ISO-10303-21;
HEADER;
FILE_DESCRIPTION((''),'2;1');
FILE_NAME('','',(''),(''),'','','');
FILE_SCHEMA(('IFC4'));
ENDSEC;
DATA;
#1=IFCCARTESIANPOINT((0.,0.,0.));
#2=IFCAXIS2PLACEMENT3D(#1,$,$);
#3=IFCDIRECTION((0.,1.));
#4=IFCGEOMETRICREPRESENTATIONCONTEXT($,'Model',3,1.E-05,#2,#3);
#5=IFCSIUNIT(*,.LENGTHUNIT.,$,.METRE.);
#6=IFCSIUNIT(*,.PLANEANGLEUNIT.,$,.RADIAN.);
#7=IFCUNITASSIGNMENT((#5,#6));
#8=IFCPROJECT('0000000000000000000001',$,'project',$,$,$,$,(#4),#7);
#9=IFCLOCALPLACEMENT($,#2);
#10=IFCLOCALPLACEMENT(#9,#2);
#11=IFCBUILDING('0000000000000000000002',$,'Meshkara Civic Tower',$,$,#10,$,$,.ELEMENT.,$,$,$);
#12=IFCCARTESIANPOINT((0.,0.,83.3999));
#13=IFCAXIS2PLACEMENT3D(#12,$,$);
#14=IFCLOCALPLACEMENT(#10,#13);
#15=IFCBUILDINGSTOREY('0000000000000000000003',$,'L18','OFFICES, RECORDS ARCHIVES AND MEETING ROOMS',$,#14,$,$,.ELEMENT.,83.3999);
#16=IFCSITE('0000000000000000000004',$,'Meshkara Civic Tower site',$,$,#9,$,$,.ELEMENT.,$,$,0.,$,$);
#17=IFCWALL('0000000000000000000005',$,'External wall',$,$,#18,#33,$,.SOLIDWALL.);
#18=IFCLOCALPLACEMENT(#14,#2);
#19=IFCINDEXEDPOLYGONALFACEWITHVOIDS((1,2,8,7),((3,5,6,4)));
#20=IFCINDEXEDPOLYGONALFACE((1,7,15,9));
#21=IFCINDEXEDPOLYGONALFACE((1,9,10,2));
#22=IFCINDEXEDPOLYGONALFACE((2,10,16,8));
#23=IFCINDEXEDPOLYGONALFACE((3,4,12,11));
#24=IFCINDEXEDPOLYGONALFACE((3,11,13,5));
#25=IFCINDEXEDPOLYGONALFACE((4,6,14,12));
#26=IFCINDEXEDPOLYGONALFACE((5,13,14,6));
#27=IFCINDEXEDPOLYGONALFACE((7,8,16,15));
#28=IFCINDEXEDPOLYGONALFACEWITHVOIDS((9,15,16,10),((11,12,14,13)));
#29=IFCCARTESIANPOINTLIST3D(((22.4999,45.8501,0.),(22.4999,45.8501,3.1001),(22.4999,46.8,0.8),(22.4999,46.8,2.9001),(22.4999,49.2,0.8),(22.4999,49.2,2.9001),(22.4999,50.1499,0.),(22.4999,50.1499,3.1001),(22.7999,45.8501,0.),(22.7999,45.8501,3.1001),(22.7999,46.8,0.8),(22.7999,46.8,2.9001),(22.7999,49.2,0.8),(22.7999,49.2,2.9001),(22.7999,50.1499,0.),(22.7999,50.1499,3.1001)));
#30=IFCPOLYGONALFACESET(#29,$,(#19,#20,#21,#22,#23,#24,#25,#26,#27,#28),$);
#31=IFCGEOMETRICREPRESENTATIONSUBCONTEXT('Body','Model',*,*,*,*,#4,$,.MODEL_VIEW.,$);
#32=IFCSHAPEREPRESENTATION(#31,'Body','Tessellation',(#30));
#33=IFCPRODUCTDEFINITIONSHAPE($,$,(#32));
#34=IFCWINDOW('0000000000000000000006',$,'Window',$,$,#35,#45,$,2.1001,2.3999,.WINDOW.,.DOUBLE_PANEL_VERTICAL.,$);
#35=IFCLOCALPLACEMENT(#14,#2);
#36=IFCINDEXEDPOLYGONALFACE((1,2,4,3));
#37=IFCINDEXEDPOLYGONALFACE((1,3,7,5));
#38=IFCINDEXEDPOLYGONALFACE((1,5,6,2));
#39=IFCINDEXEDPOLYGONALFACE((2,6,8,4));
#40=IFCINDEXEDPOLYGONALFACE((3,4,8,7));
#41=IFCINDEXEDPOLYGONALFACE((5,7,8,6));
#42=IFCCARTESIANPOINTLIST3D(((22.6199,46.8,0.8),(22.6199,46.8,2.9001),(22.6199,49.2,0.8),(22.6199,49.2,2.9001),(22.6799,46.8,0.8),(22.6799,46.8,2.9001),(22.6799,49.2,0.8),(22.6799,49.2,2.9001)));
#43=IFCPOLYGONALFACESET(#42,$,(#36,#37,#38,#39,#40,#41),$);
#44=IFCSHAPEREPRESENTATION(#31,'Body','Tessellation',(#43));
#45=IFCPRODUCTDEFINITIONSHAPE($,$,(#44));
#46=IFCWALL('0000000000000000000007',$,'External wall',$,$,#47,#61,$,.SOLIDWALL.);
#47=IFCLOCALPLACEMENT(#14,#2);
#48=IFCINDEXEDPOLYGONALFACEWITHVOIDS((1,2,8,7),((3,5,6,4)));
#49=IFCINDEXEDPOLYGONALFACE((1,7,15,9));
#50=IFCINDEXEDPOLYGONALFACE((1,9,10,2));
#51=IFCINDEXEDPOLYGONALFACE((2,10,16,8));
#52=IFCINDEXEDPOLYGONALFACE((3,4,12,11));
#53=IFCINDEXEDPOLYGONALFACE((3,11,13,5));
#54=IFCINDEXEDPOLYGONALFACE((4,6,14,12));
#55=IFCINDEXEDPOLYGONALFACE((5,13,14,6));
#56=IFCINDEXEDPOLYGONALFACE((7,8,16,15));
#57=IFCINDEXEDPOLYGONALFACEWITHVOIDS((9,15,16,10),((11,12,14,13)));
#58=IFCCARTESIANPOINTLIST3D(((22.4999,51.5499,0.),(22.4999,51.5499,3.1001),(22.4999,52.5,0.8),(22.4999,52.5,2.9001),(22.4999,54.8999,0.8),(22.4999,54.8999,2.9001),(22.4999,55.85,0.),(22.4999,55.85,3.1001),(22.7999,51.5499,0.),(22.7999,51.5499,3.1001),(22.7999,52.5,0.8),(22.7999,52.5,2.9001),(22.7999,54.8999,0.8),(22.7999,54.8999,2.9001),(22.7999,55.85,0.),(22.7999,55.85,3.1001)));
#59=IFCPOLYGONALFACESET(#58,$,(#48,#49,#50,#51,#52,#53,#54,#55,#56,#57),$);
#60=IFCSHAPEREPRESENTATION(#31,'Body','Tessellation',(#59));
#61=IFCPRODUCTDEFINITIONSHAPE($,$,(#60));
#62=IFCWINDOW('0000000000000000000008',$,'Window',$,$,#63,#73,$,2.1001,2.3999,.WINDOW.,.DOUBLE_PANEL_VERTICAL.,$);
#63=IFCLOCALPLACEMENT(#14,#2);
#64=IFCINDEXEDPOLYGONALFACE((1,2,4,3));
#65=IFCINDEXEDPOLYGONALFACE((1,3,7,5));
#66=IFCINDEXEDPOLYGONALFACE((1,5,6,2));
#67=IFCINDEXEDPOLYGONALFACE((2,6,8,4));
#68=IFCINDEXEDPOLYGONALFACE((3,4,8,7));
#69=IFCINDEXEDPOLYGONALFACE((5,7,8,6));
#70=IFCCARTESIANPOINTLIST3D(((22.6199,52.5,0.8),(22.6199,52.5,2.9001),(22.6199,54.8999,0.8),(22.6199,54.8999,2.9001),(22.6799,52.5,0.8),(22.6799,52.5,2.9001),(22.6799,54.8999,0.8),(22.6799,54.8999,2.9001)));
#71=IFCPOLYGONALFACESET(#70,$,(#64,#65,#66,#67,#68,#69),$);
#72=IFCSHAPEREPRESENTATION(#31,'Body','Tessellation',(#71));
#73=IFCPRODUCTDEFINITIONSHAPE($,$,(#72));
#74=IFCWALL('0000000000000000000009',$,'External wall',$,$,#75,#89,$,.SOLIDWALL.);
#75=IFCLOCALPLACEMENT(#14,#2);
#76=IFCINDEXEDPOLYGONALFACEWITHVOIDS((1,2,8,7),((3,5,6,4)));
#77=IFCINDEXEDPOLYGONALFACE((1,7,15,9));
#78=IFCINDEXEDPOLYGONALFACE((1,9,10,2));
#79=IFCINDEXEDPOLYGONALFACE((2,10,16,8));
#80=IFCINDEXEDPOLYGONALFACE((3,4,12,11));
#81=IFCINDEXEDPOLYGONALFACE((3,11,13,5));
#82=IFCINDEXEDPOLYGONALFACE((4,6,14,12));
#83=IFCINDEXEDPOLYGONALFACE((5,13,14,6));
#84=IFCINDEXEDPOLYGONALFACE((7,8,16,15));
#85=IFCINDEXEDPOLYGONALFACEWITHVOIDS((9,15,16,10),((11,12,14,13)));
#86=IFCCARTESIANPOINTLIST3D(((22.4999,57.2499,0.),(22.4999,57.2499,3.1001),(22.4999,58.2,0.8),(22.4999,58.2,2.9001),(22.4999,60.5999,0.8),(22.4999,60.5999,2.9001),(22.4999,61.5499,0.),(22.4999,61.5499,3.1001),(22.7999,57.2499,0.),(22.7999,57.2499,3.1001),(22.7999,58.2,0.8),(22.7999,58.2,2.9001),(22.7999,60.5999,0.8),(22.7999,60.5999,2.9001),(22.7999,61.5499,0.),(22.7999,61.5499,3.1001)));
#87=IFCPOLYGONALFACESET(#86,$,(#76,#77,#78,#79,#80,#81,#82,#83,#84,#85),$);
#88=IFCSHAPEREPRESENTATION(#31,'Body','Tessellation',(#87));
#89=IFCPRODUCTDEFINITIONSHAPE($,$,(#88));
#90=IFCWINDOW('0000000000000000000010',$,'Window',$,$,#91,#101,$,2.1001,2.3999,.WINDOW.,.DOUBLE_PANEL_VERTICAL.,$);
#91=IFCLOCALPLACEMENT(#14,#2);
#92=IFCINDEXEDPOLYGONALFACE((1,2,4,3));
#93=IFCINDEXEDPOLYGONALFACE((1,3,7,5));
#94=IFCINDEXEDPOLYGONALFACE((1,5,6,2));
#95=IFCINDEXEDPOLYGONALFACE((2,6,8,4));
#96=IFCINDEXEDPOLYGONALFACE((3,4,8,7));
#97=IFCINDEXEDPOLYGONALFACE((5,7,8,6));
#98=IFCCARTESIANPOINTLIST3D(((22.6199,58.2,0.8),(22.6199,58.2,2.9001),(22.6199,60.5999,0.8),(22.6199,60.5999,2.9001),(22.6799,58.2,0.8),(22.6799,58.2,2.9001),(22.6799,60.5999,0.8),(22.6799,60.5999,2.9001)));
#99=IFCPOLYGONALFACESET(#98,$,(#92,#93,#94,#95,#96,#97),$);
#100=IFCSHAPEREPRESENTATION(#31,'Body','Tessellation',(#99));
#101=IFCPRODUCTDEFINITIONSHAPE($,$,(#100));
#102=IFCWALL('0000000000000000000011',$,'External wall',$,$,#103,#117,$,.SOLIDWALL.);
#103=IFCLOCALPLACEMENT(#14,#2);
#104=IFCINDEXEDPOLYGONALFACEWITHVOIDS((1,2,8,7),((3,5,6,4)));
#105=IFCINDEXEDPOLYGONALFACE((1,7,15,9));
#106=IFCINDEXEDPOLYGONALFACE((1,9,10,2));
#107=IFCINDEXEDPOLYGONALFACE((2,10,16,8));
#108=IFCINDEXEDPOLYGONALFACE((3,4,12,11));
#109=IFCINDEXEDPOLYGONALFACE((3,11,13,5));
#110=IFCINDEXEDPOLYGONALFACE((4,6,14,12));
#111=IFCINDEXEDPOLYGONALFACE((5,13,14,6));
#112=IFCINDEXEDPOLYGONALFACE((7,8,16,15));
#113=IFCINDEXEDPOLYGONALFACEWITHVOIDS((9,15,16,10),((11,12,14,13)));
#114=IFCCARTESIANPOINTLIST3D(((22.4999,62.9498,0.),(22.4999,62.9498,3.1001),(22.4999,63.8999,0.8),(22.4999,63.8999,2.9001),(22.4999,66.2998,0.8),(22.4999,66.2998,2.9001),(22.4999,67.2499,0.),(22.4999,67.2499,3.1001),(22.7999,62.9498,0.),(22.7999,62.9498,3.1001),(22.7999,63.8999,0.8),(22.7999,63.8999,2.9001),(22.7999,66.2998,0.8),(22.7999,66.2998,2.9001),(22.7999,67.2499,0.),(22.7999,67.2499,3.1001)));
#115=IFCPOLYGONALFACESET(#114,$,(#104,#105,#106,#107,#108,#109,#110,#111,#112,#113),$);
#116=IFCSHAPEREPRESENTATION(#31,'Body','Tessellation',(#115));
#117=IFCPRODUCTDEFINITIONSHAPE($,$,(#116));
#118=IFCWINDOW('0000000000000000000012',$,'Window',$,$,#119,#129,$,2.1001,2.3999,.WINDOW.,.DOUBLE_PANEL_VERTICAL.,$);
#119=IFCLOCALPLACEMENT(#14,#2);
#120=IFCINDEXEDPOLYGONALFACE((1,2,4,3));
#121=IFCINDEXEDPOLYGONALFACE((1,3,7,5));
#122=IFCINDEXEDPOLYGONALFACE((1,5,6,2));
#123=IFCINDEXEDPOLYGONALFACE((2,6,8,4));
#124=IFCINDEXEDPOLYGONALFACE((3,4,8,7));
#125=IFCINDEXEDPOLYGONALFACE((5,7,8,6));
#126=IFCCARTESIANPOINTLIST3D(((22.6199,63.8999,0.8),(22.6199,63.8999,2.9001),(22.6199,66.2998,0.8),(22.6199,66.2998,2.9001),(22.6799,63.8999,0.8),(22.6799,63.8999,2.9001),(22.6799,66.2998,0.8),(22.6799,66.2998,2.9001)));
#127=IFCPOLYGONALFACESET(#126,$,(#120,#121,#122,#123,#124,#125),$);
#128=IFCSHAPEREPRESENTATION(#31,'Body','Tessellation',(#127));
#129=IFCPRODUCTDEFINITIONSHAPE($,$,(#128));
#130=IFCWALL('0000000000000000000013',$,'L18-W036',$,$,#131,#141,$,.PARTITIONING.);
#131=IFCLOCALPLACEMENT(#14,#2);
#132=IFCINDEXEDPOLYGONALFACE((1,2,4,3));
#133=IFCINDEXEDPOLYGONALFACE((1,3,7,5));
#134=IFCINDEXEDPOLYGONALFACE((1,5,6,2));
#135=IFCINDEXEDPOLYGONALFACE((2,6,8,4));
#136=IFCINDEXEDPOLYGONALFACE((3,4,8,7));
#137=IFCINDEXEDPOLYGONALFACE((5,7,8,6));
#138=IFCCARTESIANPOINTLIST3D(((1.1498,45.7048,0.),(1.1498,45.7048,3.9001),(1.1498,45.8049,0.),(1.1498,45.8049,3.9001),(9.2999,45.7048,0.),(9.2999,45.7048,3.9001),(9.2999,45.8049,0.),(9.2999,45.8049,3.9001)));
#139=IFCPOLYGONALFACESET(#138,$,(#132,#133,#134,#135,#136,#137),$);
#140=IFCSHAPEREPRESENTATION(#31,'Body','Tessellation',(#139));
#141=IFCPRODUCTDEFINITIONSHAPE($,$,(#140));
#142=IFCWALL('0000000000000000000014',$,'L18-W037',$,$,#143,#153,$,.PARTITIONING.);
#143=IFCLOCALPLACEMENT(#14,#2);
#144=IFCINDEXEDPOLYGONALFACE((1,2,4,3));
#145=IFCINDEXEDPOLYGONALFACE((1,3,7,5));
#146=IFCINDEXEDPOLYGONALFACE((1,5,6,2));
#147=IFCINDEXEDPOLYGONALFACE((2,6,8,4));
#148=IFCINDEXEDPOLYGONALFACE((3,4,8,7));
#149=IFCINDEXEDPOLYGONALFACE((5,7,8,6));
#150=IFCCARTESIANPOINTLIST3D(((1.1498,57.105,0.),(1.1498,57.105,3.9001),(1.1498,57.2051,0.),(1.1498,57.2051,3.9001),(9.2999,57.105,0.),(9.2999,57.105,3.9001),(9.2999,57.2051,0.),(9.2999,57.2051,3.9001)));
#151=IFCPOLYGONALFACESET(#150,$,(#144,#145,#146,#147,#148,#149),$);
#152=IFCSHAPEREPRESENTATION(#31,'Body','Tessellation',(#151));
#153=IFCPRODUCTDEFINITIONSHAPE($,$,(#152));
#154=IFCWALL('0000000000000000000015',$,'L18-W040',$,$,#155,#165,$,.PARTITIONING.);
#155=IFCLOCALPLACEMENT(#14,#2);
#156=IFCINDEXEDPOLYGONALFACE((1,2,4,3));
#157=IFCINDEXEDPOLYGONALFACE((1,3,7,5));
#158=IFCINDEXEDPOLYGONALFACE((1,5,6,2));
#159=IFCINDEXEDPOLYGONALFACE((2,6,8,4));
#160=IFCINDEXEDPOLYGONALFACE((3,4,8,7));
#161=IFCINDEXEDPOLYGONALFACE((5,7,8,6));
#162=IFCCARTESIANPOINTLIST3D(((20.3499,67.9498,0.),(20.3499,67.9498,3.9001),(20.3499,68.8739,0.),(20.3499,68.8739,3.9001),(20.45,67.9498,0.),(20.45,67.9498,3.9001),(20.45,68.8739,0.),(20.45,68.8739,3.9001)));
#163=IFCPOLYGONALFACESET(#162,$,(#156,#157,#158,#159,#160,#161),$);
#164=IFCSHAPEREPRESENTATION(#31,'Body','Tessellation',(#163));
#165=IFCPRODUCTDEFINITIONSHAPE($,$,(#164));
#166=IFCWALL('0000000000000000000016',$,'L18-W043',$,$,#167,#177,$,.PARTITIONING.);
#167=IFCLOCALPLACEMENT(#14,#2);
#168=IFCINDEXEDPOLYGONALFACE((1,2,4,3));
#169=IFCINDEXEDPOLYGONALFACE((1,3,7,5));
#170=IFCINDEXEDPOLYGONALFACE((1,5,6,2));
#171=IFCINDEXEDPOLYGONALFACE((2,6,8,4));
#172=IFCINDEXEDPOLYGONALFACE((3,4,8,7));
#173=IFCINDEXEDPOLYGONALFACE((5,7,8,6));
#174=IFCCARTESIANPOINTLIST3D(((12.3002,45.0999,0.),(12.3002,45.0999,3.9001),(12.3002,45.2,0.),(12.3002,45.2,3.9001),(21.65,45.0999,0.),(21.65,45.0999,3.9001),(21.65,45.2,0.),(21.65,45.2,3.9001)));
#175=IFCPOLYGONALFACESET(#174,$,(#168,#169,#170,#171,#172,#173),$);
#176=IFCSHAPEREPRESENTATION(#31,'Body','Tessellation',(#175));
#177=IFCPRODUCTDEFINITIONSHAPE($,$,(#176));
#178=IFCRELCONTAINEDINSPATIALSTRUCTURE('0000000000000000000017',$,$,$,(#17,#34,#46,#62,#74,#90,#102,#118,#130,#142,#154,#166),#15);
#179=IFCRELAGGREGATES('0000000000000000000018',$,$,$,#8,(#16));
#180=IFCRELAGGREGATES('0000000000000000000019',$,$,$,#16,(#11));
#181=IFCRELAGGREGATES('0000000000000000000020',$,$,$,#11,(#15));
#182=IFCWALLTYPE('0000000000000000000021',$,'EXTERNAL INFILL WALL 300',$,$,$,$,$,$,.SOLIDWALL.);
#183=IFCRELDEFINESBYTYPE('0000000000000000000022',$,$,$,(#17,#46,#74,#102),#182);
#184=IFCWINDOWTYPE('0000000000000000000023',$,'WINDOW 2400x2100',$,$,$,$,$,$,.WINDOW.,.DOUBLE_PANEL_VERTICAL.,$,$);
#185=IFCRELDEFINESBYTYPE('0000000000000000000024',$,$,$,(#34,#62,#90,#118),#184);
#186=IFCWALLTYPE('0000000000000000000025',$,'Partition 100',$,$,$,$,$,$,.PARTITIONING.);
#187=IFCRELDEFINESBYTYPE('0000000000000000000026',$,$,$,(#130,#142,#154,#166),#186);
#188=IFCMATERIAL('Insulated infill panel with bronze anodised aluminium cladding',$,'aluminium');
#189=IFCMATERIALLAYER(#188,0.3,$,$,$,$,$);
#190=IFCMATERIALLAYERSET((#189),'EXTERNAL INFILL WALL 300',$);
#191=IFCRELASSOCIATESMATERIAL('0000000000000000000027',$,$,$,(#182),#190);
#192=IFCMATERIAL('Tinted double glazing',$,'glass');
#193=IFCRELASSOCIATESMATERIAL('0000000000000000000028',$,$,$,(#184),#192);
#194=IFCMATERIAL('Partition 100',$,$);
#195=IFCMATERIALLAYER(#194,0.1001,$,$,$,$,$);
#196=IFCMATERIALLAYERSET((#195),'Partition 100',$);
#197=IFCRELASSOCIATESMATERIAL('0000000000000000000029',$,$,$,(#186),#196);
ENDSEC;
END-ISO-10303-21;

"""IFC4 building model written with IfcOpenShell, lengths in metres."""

from ifc_helpers import new_model, si_unit, direction, frame, frame_2d, origin, place, context, subcontext, project, spatial, rectangle, extrude, material, layer, layer_set, type_object, element, fill, save


model = new_model("IFC4")

# Units and contexts
model_context = context("Model", 3, precision=1e-05, world=origin(), true_north=direction((0.0, 1.0)))
body_context = subcontext(model_context, "Body", "Model", "MODEL_VIEW")
ifc_project = project(units=[si_unit("LENGTHUNIT", "METRE"), si_unit("PLANEANGLEUNIT", "RADIAN")], contexts=[model_context])

# Site, building, storey
site_placement = place(None, origin())
site = spatial("IfcSite", under=ifc_project, at=site_placement, Name="Meshkara Civic Tower site", CompositionType="ELEMENT", RefElevation=0.0)
building_placement = place(site_placement, origin())
building = spatial("IfcBuilding", under=site, at=building_placement, Name="Meshkara Civic Tower", CompositionType="ELEMENT")
storey_placement = place(building_placement, frame((0.0, 0.0, 83.3999)))
storey = spatial("IfcBuildingStorey", under=building, at=storey_placement, Name="L18", Description="OFFICES, RECORDS ARCHIVES AND MEETING ROOMS", CompositionType="ELEMENT", Elevation=83.3999)

# Walls, openings, windows
ifc_material_1 = material(Name="Insulated infill panel with bronze anodised aluminium cladding", Category="aluminium")
ifc_layer_1 = layer(ifc_material_1, 0.3)
ifc_layer_set_1 = layer_set([ifc_layer_1], Name="EXTERNAL INFILL WALL 300")
wall_type_1 = type_object("IfcWallType", Name="EXTERNAL INFILL WALL 300", PredefinedType="SOLIDWALL", material=ifc_layer_set_1)
wall_1_placement = place(storey_placement, frame((22.6499, 45.8501, 0.0), z_axis=(0.0, 0.0, 1.0), x_axis=(0.0, 1.0, 0.0)))
wall_1 = element("IfcWall", 1, at=wall_1_placement, inside=storey, type_object=wall_type_1, Name="External wall", PredefinedType="SOLIDWALL", context=body_context, shape_type="SweptSolid", body=[
    extrude(rectangle(XDim=4.2998, YDim=0.3, at=frame_2d((2.1499, 0.0))), origin(), (0.0, 0.0, 1.0), 3.1001),
])
opening_1_placement = place(wall_1_placement, frame((0.95, 0.0, 0.8)))
opening_1 = element("IfcOpeningElement", 2, at=opening_1_placement, cuts=wall_1, PredefinedType="OPENING", context=body_context, shape_type="SweptSolid", body=[
    extrude(rectangle(XDim=2.3999, YDim=2.1001, at=frame_2d((1.2, 1.05))), frame((0.0, 0.1599, 0.0), z_axis=(0.0, -1.0, 0.0), x_axis=(1.0, 0.0, 0.0)), (0.0, 0.0, 1.0), 0.3201),
])
ifc_material_2 = material(Name="Tinted double glazing", Category="glass")
window_type = type_object("IfcWindowType", Name="WINDOW 2400x2100", PartitioningType="DOUBLE_PANEL_VERTICAL", PredefinedType="WINDOW", material=ifc_material_2)
window_1_placement = place(opening_1_placement, origin())
window_1 = element("IfcWindow", 3, at=window_1_placement, inside=storey, type_object=window_type, Name="Window", OverallHeight=2.1001, OverallWidth=2.3999, PartitioningType="DOUBLE_PANEL_VERTICAL", PredefinedType="WINDOW", context=body_context, shape_type="SweptSolid", body=[
    extrude(rectangle(XDim=2.3999, YDim=2.1001, at=frame_2d((1.2, 1.05))), frame((0.0, 0.03, 0.0), z_axis=(0.0, -1.0, 0.0), x_axis=(1.0, 0.0, 0.0)), (0.0, 0.0, 1.0), 0.0601),
])
fill(opening_1, window_1)
wall_2_placement = place(storey_placement, frame((22.6499, 51.55, 0.0), z_axis=(0.0, 0.0, 1.0), x_axis=(0.0, 1.0, 0.0)))
wall_2 = element("IfcWall", 4, at=wall_2_placement, inside=storey, type_object=wall_type_1, Name="External wall", PredefinedType="SOLIDWALL", context=body_context, shape_type="SweptSolid", body=[
    extrude(rectangle(XDim=4.3, YDim=0.3, at=frame_2d((2.1499, 0.0))), origin(), (0.0, 0.0, 1.0), 3.1001),
])
opening_2_placement = place(wall_2_placement, frame((0.95, 0.0, 0.8)))
opening_2 = element("IfcOpeningElement", 5, at=opening_2_placement, cuts=wall_2, PredefinedType="OPENING", context=body_context, shape_type="SweptSolid", body=[
    extrude(rectangle(XDim=2.3999, YDim=2.1001, at=frame_2d((1.2, 1.05))), frame((0.0, 0.1599, 0.0), z_axis=(0.0, -1.0, 0.0), x_axis=(1.0, 0.0, 0.0)), (0.0, 0.0, 1.0), 0.3201),
])
window_2_placement = place(opening_2_placement, origin())
window_2 = element("IfcWindow", 6, at=window_2_placement, inside=storey, type_object=window_type, Name="Window", OverallHeight=2.1001, OverallWidth=2.3999, PartitioningType="DOUBLE_PANEL_VERTICAL", PredefinedType="WINDOW", context=body_context, shape_type="SweptSolid", body=[
    extrude(rectangle(XDim=2.3999, YDim=2.1001, at=frame_2d((1.2, 1.05))), frame((0.0, 0.03, 0.0), z_axis=(0.0, -1.0, 0.0), x_axis=(1.0, 0.0, 0.0)), (0.0, 0.0, 1.0), 0.0601),
])
fill(opening_2, window_2)
wall_3_placement = place(storey_placement, frame((22.6499, 57.25, 0.0), z_axis=(0.0, 0.0, 1.0), x_axis=(0.0, 1.0, 0.0)))
wall_3 = element("IfcWall", 7, at=wall_3_placement, inside=storey, type_object=wall_type_1, Name="External wall", PredefinedType="SOLIDWALL", context=body_context, shape_type="SweptSolid", body=[
    extrude(rectangle(XDim=4.3, YDim=0.3, at=frame_2d((2.1499, 0.0))), origin(), (0.0, 0.0, 1.0), 3.1001),
])
opening_3_placement = place(wall_3_placement, frame((0.95, 0.0, 0.8)))
opening_3 = element("IfcOpeningElement", 8, at=opening_3_placement, cuts=wall_3, PredefinedType="OPENING", context=body_context, shape_type="SweptSolid", body=[
    extrude(rectangle(XDim=2.3999, YDim=2.1001, at=frame_2d((1.2, 1.05))), frame((0.0, 0.1599, 0.0), z_axis=(0.0, -1.0, 0.0), x_axis=(1.0, 0.0, 0.0)), (0.0, 0.0, 1.0), 0.3201),
])
window_3_placement = place(opening_3_placement, origin())
window_3 = element("IfcWindow", 9, at=window_3_placement, inside=storey, type_object=window_type, Name="Window", OverallHeight=2.1001, OverallWidth=2.3999, PartitioningType="DOUBLE_PANEL_VERTICAL", PredefinedType="WINDOW", context=body_context, shape_type="SweptSolid", body=[
    extrude(rectangle(XDim=2.3999, YDim=2.1001, at=frame_2d((1.2, 1.05))), frame((0.0, 0.03, 0.0), z_axis=(0.0, -1.0, 0.0), x_axis=(1.0, 0.0, 0.0)), (0.0, 0.0, 1.0), 0.0601),
])
fill(opening_3, window_3)
wall_4_placement = place(storey_placement, frame((22.6499, 62.95, 0.0), z_axis=(0.0, 0.0, 1.0), x_axis=(0.0, 1.0, 0.0)))
wall_4 = element("IfcWall", 10, at=wall_4_placement, inside=storey, type_object=wall_type_1, Name="External wall", PredefinedType="SOLIDWALL", context=body_context, shape_type="SweptSolid", body=[
    extrude(rectangle(XDim=4.3, YDim=0.3, at=frame_2d((2.1499, 0.0))), origin(), (0.0, 0.0, 1.0), 3.1001),
])
opening_4_placement = place(wall_4_placement, frame((0.95, 0.0, 0.8)))
opening_4 = element("IfcOpeningElement", 11, at=opening_4_placement, cuts=wall_4, PredefinedType="OPENING", context=body_context, shape_type="SweptSolid", body=[
    extrude(rectangle(XDim=2.3999, YDim=2.1001, at=frame_2d((1.2, 1.05))), frame((0.0, 0.1599, 0.0), z_axis=(0.0, -1.0, 0.0), x_axis=(1.0, 0.0, 0.0)), (0.0, 0.0, 1.0), 0.3201),
])
window_4_placement = place(opening_4_placement, origin())
window_4 = element("IfcWindow", 12, at=window_4_placement, inside=storey, type_object=window_type, Name="Window", OverallHeight=2.1001, OverallWidth=2.3999, PartitioningType="DOUBLE_PANEL_VERTICAL", PredefinedType="WINDOW", context=body_context, shape_type="SweptSolid", body=[
    extrude(rectangle(XDim=2.3999, YDim=2.1001, at=frame_2d((1.2, 1.05))), frame((0.0, 0.03, 0.0), z_axis=(0.0, -1.0, 0.0), x_axis=(1.0, 0.0, 0.0)), (0.0, 0.0, 1.0), 0.0601),
])
fill(opening_4, window_4)

# Walls
ifc_material_3 = material(Name="Partition 100")
ifc_layer_2 = layer(ifc_material_3, 0.1001)
ifc_layer_set_2 = layer_set([ifc_layer_2], Name="Partition 100")
wall_type_2 = type_object("IfcWallType", Name="Partition 100", PredefinedType="PARTITIONING", material=ifc_layer_set_2)
for number, where, z_axis, x_axis, name in (
    (13, (9.3, 45.7549, 0.0), (0.0, 0.0, 1.0), (-1.0, 0.0, 0.0), "L18-W036"),
    (14, (9.3, 57.155, 0.0), (0.0, 0.0, 1.0), (-1.0, 0.0, 0.0), "L18-W037"),
):
    element("IfcWall", number, at=place(storey_placement, frame(where, z_axis=z_axis, x_axis=x_axis)), inside=storey, type_object=wall_type_2, Name=name, PredefinedType="PARTITIONING", context=body_context, shape_type="SweptSolid", body=[
        extrude(rectangle(XDim=8.1501, YDim=0.1001, at=frame_2d((4.0752, 0.0))), origin(), (0.0, 0.0, 1.0), 3.9001),
    ])
wall_5_placement = place(storey_placement, frame((20.3999, 67.95, 0.0), z_axis=(0.0, 0.0, 1.0), x_axis=(0.0, 1.0, 0.0)))
element("IfcWall", 15, at=wall_5_placement, inside=storey, type_object=wall_type_2, Name="L18-W040", PredefinedType="PARTITIONING", context=body_context, shape_type="SweptSolid", body=[
    extrude(rectangle(XDim=0.9241, YDim=0.1001, at=frame_2d((0.4619, 0.0))), origin(), (0.0, 0.0, 1.0), 3.9001),
])
for number, where, z_axis, x_axis, name in (
    (16, (21.6499, 45.1499, 0.0), (0.0, 0.0, 1.0), (-1.0, 0.0, 0.0), "L18-W043"),
):
    element("IfcWall", number, at=place(storey_placement, frame(where, z_axis=z_axis, x_axis=x_axis)), inside=storey, type_object=wall_type_2, Name=name, PredefinedType="PARTITIONING", context=body_context, shape_type="SweptSolid", body=[
        extrude(rectangle(XDim=9.3499, YDim=0.1001, at=frame_2d((4.6748, 0.0))), origin(), (0.0, 0.0, 1.0), 3.9001),
    ])

save(model, "model.ifc")
